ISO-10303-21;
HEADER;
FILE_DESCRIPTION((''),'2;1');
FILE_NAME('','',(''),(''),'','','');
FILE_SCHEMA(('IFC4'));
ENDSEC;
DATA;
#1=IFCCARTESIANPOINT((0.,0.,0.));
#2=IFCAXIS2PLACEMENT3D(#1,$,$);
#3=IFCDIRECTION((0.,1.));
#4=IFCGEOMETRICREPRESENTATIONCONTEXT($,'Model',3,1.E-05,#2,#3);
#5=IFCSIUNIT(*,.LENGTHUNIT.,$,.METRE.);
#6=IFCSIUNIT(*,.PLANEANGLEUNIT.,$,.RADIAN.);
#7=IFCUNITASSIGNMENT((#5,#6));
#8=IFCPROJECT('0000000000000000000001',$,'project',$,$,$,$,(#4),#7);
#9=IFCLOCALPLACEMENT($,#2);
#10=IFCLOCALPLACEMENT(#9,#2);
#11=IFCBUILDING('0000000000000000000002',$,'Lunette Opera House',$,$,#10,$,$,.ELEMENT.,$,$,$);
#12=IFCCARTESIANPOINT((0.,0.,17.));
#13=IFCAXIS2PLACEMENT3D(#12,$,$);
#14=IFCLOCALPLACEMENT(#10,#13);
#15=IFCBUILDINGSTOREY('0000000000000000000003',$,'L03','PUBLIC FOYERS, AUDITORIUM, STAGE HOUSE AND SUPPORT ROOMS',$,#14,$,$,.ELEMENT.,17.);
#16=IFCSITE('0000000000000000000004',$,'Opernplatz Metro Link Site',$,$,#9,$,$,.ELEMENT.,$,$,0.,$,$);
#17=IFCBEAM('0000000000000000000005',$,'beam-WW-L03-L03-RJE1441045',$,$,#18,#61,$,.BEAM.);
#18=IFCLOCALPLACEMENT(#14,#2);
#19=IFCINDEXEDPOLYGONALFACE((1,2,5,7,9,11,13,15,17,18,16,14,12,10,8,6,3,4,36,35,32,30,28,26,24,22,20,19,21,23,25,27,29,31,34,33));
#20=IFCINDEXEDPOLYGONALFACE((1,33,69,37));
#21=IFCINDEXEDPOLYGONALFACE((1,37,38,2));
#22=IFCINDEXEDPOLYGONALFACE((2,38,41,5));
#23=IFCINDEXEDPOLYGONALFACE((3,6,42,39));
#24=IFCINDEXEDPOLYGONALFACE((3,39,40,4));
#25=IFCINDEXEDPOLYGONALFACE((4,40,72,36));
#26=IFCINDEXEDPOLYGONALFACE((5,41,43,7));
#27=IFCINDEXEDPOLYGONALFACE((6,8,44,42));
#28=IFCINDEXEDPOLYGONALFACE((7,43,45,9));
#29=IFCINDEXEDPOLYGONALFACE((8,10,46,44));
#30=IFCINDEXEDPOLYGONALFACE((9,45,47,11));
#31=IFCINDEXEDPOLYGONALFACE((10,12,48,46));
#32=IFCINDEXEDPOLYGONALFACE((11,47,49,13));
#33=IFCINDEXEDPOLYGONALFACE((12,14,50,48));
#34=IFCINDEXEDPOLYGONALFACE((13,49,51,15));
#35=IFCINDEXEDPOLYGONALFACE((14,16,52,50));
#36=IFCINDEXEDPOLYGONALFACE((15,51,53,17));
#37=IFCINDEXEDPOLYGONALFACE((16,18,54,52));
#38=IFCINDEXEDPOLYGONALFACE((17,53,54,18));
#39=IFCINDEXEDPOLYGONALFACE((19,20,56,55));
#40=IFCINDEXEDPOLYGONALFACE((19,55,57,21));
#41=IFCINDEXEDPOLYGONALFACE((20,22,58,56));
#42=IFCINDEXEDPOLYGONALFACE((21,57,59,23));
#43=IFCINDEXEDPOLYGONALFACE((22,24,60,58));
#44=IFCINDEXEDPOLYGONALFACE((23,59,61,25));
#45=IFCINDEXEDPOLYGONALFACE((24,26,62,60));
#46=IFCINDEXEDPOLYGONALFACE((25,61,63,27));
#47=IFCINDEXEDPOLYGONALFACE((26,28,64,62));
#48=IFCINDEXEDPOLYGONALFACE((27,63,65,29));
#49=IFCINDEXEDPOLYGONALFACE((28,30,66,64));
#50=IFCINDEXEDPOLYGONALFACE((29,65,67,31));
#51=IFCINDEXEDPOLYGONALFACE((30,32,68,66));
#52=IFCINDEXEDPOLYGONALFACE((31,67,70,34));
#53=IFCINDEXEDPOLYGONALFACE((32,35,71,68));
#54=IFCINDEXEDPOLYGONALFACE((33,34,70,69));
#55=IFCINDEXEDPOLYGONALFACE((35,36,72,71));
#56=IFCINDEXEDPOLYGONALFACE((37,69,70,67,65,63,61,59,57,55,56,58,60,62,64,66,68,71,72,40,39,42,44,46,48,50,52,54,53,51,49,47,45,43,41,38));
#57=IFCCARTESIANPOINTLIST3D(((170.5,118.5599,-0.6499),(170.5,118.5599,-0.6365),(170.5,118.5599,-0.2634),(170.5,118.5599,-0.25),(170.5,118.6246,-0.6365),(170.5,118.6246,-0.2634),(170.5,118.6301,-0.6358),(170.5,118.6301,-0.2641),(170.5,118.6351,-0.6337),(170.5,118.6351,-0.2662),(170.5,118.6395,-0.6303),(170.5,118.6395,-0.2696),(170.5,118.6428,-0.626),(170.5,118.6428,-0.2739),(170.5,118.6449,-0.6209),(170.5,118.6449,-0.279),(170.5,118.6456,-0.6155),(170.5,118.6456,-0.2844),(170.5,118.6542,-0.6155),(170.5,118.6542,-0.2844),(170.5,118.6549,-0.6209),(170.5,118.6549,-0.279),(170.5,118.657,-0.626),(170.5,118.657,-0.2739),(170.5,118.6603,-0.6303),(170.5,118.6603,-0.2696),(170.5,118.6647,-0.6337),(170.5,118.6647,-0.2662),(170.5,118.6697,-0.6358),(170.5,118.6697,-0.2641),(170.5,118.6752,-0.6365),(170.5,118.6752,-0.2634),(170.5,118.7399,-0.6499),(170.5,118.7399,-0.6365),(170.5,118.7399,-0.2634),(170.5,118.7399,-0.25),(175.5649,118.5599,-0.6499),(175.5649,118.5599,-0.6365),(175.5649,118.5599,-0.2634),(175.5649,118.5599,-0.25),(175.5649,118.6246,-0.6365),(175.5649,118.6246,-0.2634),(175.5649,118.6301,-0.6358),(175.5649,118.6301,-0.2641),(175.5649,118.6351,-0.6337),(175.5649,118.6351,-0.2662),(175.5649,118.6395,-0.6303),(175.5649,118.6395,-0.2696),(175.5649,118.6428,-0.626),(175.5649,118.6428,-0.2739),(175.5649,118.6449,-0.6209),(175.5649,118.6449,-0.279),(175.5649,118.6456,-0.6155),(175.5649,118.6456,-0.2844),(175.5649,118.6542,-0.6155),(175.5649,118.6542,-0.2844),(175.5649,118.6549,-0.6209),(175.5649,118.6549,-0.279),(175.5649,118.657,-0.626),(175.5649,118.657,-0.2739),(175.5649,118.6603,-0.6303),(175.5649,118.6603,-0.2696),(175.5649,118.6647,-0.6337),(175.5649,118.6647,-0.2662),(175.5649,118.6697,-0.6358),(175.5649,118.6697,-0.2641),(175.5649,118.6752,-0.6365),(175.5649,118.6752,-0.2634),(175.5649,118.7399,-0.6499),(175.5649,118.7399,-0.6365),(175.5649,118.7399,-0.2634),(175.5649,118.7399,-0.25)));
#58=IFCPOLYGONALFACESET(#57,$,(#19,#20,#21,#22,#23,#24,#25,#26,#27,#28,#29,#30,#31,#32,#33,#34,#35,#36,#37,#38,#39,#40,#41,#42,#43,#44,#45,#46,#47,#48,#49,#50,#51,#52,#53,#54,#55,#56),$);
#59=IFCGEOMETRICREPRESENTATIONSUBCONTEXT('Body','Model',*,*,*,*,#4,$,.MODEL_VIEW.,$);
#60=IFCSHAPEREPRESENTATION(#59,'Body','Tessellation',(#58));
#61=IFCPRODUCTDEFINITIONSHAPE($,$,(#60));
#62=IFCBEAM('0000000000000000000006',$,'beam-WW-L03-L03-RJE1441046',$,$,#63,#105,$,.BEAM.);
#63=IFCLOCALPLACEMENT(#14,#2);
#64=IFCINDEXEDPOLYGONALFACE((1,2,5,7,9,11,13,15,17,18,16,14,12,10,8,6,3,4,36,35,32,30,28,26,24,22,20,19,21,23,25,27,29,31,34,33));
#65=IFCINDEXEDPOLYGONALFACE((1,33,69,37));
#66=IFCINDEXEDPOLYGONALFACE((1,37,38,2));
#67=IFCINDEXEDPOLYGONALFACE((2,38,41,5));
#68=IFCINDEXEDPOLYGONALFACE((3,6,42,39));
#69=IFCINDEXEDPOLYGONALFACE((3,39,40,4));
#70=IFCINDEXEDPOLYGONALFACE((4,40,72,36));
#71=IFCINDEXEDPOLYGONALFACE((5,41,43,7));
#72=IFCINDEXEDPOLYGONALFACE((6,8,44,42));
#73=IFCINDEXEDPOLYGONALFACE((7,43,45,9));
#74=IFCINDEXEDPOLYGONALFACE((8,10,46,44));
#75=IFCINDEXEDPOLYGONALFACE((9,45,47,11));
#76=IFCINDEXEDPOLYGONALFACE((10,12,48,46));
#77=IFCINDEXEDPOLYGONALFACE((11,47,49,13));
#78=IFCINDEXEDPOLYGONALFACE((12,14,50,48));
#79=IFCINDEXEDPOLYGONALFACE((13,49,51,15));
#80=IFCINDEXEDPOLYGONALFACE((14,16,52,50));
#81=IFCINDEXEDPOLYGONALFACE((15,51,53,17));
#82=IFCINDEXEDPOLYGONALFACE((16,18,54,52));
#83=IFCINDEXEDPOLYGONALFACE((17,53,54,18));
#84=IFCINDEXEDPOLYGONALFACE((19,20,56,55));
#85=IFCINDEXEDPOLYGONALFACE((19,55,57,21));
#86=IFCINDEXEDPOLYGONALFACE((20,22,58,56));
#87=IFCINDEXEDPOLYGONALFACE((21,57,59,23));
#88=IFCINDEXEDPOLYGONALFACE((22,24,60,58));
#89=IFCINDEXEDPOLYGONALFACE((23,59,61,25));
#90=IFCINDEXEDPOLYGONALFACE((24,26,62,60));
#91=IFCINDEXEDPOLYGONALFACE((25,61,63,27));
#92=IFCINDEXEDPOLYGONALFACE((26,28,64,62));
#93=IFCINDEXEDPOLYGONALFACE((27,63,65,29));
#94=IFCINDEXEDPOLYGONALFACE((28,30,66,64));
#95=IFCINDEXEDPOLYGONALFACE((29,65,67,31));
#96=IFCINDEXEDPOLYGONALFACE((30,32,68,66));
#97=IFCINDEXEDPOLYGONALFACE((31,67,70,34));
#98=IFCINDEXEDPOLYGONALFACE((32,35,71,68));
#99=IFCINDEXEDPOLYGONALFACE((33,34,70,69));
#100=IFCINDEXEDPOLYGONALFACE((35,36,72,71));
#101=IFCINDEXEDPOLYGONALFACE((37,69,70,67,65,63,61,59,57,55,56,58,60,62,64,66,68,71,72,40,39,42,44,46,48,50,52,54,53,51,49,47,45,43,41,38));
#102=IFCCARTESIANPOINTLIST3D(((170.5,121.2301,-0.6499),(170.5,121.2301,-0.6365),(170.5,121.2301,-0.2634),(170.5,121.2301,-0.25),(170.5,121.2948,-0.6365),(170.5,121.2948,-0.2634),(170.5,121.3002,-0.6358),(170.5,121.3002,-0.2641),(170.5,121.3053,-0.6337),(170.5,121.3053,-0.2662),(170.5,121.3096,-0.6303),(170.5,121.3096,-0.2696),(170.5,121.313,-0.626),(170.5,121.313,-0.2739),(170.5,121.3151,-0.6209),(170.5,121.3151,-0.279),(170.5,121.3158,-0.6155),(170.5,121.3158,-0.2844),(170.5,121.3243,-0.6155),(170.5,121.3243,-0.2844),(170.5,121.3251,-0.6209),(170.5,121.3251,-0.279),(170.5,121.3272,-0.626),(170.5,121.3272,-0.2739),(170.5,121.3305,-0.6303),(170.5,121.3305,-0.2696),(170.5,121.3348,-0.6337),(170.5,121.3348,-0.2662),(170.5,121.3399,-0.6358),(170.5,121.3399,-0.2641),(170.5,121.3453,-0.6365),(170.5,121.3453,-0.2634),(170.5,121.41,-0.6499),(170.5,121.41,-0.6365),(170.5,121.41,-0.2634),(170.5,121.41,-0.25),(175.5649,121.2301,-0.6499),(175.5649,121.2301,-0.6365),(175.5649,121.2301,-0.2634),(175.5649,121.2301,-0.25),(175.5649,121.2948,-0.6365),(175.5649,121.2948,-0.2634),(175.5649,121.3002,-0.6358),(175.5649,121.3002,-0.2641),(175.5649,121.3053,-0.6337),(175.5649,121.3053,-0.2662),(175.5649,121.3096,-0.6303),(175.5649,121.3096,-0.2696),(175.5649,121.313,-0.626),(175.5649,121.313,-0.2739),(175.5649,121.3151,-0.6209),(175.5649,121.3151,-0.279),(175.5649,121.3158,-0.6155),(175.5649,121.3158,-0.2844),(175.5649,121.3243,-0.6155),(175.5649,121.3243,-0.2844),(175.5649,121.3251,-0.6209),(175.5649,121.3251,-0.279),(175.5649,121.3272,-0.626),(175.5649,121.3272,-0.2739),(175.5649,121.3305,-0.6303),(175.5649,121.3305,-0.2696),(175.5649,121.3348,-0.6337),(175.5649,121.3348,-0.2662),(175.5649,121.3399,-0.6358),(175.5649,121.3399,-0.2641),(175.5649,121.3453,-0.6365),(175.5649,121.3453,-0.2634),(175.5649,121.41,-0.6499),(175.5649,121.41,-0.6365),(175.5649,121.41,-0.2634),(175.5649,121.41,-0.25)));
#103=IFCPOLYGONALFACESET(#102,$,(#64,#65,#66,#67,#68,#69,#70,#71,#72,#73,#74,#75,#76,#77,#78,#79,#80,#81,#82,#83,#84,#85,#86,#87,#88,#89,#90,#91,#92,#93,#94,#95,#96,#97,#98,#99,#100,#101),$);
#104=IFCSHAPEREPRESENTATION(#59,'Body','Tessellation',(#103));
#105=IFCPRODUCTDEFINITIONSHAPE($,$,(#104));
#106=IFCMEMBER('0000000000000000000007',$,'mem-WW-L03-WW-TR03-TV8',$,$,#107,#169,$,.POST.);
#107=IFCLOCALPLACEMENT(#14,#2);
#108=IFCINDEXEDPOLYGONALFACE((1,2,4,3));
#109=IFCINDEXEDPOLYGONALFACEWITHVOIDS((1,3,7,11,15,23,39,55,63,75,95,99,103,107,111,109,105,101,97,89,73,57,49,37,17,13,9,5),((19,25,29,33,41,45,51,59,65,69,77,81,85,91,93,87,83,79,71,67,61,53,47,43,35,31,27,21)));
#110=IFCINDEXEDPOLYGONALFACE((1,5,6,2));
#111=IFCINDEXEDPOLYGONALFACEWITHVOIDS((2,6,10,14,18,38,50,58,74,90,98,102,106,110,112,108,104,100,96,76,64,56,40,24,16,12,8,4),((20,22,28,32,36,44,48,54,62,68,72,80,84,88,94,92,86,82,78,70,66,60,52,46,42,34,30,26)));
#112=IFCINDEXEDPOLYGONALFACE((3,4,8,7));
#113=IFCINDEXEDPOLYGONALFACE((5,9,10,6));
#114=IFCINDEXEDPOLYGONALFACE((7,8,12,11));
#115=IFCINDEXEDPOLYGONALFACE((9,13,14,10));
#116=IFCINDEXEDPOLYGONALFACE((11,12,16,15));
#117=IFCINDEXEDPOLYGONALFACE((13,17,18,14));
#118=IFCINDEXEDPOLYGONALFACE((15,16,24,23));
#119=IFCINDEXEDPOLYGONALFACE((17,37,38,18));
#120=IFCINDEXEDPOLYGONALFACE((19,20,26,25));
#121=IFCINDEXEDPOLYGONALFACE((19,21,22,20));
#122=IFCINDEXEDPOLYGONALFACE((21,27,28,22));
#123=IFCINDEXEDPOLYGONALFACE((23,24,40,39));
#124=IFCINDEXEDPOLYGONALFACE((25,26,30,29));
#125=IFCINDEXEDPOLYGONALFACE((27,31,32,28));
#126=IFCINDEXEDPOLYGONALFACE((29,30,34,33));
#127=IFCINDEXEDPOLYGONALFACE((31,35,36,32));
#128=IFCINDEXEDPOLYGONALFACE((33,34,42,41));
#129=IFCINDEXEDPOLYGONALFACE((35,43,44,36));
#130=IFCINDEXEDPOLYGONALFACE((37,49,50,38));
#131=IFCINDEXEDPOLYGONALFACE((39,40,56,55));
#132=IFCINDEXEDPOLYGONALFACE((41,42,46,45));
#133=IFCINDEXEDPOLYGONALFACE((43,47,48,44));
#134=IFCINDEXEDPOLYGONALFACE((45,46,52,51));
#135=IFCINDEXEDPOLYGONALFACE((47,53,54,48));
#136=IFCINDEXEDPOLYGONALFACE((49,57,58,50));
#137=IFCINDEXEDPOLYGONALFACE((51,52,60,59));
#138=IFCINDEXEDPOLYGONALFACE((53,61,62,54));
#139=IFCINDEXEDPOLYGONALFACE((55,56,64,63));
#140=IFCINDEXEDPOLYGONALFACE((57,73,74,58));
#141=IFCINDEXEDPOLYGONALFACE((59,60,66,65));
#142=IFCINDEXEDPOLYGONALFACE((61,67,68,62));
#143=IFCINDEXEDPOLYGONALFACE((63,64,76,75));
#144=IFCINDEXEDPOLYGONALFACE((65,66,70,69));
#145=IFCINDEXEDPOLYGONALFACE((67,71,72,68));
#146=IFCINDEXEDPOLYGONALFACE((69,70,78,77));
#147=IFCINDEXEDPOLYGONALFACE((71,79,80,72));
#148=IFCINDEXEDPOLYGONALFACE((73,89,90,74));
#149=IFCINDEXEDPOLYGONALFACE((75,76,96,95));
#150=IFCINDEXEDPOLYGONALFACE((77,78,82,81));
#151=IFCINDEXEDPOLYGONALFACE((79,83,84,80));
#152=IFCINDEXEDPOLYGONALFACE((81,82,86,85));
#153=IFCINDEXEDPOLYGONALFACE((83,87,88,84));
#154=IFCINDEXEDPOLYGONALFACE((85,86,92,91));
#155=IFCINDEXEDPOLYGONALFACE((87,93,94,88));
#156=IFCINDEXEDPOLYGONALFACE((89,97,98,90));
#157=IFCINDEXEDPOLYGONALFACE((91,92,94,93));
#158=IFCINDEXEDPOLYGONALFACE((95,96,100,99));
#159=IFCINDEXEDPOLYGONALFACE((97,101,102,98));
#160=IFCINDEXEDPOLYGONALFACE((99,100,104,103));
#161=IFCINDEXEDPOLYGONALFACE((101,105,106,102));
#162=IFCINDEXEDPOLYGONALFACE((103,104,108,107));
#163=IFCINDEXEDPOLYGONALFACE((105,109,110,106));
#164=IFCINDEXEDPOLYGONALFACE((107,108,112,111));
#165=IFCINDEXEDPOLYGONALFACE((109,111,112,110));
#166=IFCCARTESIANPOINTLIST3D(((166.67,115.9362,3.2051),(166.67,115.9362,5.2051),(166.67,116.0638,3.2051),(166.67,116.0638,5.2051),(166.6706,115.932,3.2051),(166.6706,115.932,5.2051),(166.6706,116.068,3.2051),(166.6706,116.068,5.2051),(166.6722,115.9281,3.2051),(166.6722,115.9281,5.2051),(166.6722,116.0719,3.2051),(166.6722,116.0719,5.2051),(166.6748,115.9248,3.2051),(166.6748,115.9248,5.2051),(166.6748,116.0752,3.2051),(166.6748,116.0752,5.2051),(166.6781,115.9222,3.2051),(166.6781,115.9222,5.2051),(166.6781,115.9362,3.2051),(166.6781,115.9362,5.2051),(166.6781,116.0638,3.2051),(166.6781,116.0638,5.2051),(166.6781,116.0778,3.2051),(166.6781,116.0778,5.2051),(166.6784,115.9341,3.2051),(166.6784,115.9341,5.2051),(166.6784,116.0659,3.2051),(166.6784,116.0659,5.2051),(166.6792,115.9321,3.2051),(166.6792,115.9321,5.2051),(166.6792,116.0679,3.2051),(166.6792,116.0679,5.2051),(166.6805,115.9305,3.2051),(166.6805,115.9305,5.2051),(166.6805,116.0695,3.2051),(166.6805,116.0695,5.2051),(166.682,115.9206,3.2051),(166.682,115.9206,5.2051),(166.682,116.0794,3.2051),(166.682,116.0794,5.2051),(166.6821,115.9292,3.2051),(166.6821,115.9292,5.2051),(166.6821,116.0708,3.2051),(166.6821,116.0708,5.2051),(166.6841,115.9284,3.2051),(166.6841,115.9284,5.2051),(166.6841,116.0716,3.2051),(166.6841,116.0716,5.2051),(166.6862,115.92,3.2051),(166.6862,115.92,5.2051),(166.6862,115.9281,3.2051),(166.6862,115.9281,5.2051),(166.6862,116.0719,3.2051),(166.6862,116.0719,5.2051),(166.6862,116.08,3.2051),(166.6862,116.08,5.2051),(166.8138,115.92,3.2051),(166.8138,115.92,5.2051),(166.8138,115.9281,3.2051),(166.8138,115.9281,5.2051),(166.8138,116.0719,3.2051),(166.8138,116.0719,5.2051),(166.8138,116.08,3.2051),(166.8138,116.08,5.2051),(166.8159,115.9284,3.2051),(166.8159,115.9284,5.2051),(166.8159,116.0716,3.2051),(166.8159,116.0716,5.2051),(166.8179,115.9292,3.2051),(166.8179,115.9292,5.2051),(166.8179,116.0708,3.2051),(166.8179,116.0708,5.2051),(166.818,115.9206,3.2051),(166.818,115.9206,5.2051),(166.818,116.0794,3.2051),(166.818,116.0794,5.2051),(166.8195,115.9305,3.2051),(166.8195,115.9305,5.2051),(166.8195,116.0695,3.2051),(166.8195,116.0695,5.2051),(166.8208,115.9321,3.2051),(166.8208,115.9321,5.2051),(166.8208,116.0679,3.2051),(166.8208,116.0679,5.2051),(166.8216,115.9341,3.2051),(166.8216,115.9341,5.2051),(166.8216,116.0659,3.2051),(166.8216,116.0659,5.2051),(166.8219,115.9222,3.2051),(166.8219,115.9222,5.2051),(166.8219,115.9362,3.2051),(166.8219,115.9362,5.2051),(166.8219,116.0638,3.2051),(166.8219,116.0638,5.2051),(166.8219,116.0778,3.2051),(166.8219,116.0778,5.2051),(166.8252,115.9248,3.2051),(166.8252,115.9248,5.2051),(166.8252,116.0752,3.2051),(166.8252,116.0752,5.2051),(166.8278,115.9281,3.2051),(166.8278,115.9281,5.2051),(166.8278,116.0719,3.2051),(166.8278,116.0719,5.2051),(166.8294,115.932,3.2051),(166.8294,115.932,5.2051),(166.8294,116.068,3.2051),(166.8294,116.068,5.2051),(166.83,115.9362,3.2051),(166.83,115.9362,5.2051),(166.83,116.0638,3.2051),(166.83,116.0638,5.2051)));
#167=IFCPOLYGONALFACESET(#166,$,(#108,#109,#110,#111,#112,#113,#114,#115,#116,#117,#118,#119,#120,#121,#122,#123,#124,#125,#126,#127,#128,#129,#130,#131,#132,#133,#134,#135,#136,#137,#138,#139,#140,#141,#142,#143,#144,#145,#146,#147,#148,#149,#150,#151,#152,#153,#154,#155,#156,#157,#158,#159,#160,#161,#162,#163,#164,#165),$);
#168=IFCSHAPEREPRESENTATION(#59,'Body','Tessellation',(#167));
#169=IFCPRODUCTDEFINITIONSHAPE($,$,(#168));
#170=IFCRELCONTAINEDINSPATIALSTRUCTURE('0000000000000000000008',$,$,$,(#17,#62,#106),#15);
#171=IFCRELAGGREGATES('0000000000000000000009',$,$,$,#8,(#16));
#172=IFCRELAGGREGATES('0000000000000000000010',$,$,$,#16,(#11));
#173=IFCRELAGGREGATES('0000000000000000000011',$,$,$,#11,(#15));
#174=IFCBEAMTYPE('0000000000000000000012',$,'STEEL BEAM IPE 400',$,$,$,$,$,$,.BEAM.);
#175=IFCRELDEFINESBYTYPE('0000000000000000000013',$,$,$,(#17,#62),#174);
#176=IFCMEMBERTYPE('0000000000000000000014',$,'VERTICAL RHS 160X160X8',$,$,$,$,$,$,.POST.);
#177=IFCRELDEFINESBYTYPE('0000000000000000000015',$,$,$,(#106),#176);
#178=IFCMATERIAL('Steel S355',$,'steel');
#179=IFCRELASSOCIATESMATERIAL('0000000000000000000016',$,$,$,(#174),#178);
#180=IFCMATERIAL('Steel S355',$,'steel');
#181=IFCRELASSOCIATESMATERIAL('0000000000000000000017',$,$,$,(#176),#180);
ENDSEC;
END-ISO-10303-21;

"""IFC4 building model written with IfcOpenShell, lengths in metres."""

from ifc_helpers import new_model, si_unit, direction, frame, origin, origin_2d, place, context, subcontext, project, spatial, hollow_rectangle, i_section, extrude, material, material_profile, profile_set, type_object, element, save


model = new_model("IFC4")

# Units and contexts
model_context = context("Model", 3, precision=1e-05, world=origin(), true_north=direction((0.0, 1.0)))
body_context = subcontext(model_context, "Body", "Model", "MODEL_VIEW")
ifc_project = project(units=[si_unit("LENGTHUNIT", "METRE"), si_unit("PLANEANGLEUNIT", "RADIAN")], contexts=[model_context])

# Site, building, storey
site_placement = place(None, origin())
site = spatial("IfcSite", under=ifc_project, at=site_placement, Name="Opernplatz Metro Link Site", CompositionType="ELEMENT", RefElevation=0.0)
building_placement = place(site_placement, origin())
building = spatial("IfcBuilding", under=site, at=building_placement, Name="Lunette Opera House", CompositionType="ELEMENT")
storey_placement = place(building_placement, frame((0.0, 0.0, 17.0)))
storey = spatial("IfcBuildingStorey", under=building, at=storey_placement, Name="L03", Description="PUBLIC FOYERS, AUDITORIUM, STAGE HOUSE AND SUPPORT ROOMS", CompositionType="ELEMENT", Elevation=17.0)

# Beams
ifc_material_1 = material(Name="Steel S355", Category="steel")
ifc_material_profile_1 = material_profile(ifc_material_1, i_section(OverallWidth=0.1799, OverallDepth=0.3999, WebThickness=0.0085, FlangeThickness=0.0134, FilletRadius=0.021, at=origin_2d()), Name="IPE 400")
ifc_profile_set_1 = profile_set([ifc_material_profile_1], Name="Steel S355")
beam_type_1 = type_object("IfcBeamType", Name="STEEL BEAM IPE 400", PredefinedType="BEAM", material=ifc_profile_set_1)
for number, where, z_axis, x_axis, name in (
    (1, (170.5, 118.6499, -0.45), (1.0, 0.0, 0.0), (0.0, 1.0, 0.0), "beam-WW-L03-L03-RJE1441045"),
    (2, (170.5, 121.3201, -0.45), (1.0, 0.0, 0.0), (0.0, 1.0, 0.0), "beam-WW-L03-L03-RJE1441046"),
):
    element("IfcBeam", number, at=place(storey_placement, frame(where, z_axis=z_axis, x_axis=x_axis)), inside=storey, type_object=beam_type_1, Name=name, PredefinedType="BEAM", context=body_context, shape_type="SweptSolid", body=[
        extrude(i_section(OverallWidth=0.1799, OverallDepth=0.3999, WebThickness=0.0085, FlangeThickness=0.0134, FilletRadius=0.021, at=origin_2d()), origin(), (0.0, 0.0, 1.0), 5.0649),
    ])

# Member
ifc_material_2 = material(Name="Steel S355", Category="steel")
ifc_material_profile_2 = material_profile(ifc_material_2, hollow_rectangle(XDim=0.1599, YDim=0.1599, WallThickness=0.0081, InnerFilletRadius=0.0081, OuterFilletRadius=0.0161, at=origin_2d()), Name="RHS 160X160X8")
ifc_profile_set_2 = profile_set([ifc_material_profile_2], Name="Steel S355")
member_type_1 = type_object("IfcMemberType", Name="VERTICAL RHS 160X160X8", PredefinedType="POST", material=ifc_profile_set_2)
for number, where, z_axis, x_axis, name in (
    (3, (166.75, 116.0, 3.2051), (0.0, 0.0, 1.0), (1.0, 0.0, 0.0), "mem-WW-L03-WW-TR03-TV8"),
):
    element("IfcMember", number, at=place(storey_placement, frame(where, z_axis=z_axis, x_axis=x_axis)), inside=storey, type_object=member_type_1, Name=name, PredefinedType="POST", context=body_context, shape_type="SweptSolid", body=[
        extrude(hollow_rectangle(XDim=0.1599, YDim=0.1599, WallThickness=0.0081, InnerFilletRadius=0.0081, OuterFilletRadius=0.0161, at=origin_2d()), origin(), (0.0, 0.0, 1.0), 2.0),
    ])

save(model, "model.ifc")
